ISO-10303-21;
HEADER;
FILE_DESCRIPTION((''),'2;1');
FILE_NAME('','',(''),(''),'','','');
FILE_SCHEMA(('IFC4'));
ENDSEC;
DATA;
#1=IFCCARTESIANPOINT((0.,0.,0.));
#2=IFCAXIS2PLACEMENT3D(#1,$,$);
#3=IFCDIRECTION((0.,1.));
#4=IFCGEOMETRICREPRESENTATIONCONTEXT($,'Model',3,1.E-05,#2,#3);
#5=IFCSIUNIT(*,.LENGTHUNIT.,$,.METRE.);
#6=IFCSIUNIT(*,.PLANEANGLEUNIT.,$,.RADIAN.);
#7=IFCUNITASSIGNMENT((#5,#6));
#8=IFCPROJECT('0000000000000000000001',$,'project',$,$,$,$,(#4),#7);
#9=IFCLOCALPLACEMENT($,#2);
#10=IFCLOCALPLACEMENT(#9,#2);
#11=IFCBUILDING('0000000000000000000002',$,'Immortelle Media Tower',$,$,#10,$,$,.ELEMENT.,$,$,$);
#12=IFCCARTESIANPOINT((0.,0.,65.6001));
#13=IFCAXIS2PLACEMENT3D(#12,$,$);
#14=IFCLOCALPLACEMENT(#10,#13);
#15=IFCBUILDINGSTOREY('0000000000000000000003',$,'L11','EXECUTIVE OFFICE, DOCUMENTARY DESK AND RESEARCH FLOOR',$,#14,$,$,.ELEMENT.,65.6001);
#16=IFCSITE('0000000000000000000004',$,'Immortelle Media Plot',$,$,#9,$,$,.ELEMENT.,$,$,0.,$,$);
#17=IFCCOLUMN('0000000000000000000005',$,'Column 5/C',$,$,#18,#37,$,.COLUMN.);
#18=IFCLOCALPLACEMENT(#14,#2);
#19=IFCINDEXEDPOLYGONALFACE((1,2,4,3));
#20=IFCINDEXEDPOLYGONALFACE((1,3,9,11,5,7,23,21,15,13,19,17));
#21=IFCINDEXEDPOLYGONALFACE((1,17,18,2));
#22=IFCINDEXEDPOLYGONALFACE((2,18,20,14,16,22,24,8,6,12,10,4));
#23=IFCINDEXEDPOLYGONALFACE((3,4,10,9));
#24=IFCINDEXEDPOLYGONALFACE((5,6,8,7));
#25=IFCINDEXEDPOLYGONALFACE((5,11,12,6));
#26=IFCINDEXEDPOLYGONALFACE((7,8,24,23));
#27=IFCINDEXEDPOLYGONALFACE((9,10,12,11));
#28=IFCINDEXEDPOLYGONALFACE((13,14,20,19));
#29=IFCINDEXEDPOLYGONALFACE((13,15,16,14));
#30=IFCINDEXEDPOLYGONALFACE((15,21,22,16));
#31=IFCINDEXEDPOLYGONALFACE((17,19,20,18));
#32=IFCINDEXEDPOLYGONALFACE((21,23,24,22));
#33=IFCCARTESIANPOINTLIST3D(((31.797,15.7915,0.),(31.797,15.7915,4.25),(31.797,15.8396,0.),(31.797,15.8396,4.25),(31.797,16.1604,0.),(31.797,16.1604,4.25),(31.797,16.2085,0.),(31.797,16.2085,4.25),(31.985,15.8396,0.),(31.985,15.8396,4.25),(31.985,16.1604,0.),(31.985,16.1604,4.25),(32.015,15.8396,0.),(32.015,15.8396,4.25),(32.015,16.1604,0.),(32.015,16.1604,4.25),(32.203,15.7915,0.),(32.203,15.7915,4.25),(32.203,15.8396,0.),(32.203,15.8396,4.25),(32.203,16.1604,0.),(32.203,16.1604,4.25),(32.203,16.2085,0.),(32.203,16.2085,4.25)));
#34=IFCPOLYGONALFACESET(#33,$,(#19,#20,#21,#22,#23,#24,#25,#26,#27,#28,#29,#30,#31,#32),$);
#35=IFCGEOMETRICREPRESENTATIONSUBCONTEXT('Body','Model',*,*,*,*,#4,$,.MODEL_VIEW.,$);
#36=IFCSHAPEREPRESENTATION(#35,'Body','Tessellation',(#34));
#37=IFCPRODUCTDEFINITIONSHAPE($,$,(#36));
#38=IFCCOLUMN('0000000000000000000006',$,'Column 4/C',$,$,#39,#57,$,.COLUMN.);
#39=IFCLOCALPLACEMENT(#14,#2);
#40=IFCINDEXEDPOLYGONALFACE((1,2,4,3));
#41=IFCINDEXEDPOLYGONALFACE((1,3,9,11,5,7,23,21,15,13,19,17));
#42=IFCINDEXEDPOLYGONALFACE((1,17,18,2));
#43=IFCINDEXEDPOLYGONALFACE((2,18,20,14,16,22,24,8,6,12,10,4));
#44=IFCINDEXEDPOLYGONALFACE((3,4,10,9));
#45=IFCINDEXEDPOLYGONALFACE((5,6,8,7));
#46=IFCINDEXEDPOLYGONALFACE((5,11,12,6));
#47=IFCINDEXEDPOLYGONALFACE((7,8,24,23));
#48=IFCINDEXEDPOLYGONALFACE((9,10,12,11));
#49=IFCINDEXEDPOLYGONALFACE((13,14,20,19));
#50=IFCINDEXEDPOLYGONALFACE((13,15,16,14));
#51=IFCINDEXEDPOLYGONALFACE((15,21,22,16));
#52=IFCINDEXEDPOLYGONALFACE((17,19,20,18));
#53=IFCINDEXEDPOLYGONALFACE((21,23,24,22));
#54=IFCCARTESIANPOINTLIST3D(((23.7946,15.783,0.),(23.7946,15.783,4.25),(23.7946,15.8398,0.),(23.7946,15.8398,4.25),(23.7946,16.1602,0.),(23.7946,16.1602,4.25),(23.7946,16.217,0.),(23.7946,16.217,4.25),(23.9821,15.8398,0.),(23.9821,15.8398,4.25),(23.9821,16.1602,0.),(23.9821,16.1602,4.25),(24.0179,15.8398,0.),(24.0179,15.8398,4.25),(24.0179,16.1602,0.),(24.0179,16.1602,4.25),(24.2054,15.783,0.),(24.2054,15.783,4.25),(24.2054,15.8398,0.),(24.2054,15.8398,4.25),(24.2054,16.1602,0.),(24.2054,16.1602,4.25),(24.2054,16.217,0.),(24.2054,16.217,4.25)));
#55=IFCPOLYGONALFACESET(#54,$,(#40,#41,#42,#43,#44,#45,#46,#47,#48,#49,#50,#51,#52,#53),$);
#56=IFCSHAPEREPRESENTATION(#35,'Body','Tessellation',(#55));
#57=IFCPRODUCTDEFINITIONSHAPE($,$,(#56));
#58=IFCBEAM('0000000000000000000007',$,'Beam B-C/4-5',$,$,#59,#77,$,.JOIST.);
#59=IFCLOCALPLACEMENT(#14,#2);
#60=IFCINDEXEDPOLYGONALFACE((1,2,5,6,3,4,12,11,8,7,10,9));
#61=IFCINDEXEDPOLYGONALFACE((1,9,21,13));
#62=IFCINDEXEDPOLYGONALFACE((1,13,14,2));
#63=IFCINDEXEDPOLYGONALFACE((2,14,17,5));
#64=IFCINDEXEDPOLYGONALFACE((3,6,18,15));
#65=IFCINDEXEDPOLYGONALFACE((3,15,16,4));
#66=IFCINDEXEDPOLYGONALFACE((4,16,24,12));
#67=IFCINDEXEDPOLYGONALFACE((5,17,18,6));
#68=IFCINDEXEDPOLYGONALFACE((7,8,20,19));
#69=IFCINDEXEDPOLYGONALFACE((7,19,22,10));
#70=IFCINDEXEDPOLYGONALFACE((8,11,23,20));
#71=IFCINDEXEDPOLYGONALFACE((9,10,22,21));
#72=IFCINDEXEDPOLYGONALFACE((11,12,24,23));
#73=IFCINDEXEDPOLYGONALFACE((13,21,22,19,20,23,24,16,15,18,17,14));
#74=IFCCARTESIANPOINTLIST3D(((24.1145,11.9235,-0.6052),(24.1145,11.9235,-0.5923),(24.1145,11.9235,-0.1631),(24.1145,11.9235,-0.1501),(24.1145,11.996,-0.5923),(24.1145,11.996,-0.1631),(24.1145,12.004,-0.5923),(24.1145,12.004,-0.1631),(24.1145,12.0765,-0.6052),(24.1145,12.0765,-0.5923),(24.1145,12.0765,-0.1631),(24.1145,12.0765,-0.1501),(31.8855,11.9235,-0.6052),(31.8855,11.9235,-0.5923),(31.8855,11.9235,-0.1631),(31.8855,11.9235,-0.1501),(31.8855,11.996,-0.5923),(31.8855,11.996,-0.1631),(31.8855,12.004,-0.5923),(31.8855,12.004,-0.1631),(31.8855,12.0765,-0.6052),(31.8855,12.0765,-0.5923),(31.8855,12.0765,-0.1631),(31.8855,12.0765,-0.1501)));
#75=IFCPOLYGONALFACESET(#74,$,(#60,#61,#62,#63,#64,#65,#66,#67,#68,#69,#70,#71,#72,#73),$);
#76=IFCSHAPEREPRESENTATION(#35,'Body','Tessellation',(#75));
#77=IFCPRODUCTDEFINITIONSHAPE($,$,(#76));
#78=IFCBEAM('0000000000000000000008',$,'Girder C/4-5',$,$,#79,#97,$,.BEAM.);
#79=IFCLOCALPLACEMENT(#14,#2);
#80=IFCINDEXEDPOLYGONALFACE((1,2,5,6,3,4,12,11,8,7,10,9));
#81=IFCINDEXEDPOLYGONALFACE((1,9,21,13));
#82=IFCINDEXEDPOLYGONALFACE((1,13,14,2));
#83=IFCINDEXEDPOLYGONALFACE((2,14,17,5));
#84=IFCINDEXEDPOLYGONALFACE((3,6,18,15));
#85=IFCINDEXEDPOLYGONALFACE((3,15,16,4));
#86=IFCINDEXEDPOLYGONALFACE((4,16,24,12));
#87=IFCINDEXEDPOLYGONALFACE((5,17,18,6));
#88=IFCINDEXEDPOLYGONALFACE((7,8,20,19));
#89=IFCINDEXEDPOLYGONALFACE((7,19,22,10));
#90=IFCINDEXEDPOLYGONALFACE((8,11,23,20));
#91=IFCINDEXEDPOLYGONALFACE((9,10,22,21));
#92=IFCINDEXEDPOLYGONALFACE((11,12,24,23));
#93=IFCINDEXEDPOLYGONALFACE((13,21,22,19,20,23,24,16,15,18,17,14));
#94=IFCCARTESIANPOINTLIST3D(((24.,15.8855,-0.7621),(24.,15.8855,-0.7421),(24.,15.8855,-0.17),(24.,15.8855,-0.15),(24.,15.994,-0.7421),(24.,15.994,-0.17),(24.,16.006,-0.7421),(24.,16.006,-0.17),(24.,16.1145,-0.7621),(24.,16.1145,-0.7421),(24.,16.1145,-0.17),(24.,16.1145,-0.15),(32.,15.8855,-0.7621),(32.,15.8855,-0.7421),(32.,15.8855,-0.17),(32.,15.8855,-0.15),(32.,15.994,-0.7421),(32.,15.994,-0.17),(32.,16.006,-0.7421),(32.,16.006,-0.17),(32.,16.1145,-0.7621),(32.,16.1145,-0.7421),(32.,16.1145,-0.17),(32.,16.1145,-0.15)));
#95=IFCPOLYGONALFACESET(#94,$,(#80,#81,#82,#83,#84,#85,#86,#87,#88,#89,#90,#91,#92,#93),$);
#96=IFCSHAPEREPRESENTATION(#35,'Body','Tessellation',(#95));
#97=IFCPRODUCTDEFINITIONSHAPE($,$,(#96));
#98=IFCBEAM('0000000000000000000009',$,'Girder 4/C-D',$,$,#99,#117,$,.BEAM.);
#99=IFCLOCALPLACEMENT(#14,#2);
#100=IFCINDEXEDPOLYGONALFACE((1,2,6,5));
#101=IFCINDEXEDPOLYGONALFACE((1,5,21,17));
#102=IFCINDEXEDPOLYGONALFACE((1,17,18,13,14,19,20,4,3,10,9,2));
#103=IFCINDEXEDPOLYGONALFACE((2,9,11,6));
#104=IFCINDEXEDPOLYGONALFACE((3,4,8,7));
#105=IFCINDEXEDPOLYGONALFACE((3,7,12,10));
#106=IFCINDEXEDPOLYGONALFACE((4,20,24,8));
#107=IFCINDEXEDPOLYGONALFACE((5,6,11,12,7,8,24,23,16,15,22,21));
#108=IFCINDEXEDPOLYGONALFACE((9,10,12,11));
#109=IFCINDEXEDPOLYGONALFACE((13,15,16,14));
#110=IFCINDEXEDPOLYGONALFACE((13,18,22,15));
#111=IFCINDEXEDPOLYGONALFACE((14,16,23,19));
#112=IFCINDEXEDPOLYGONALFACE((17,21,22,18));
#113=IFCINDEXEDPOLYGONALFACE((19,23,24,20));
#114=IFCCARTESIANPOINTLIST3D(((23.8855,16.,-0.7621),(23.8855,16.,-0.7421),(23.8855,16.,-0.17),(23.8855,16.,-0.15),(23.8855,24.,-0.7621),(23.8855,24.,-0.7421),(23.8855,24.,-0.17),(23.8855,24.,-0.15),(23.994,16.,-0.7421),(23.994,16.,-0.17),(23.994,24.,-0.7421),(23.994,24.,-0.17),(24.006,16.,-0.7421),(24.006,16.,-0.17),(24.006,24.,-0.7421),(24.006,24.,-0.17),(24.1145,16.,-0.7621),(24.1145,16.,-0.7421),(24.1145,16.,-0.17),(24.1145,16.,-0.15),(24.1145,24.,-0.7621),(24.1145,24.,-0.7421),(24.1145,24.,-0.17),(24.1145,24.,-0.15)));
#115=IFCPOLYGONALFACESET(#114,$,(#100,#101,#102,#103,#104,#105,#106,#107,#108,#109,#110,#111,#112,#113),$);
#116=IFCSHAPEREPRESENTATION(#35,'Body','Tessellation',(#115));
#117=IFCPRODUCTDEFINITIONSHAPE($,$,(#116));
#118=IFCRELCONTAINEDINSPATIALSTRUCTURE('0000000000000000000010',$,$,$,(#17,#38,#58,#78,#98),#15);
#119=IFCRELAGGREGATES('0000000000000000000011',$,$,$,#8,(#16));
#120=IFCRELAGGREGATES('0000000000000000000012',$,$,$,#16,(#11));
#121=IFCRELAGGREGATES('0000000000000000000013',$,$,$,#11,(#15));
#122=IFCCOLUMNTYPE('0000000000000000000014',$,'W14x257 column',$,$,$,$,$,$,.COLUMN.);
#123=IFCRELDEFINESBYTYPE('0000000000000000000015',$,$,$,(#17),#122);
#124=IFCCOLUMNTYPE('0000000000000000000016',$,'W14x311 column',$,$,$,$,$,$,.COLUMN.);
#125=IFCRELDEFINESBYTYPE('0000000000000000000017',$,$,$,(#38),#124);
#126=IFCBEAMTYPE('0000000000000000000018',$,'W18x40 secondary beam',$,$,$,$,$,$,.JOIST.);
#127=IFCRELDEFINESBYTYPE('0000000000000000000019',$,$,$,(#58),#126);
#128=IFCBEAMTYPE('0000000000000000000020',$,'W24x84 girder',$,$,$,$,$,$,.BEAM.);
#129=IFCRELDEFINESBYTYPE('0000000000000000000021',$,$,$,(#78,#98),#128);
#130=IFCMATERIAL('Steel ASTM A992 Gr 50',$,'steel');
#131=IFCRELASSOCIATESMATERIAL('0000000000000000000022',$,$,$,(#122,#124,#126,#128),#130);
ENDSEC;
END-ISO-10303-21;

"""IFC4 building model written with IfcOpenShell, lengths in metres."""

from ifc_helpers import new_model, si_unit, direction, frame, origin, origin_2d, place, context, subcontext, project, spatial, i_section, extrude, material, material_profile, profile_set, type_object, element, save


model = new_model("IFC4")

# Units and contexts
model_context = context("Model", 3, precision=1e-05, world=origin(), true_north=direction((0.0, 1.0)))
body_context = subcontext(model_context, "Body", "Model", "MODEL_VIEW")
ifc_project = project(units=[si_unit("LENGTHUNIT", "METRE"), si_unit("PLANEANGLEUNIT", "RADIAN")], contexts=[model_context])

# Site, building, storey
site_placement = place(None, origin())
site = spatial("IfcSite", under=ifc_project, at=site_placement, Name="Immortelle Media Plot", CompositionType="ELEMENT", RefElevation=0.0)
building_placement = place(site_placement, origin())
building = spatial("IfcBuilding", under=site, at=building_placement, Name="Immortelle Media Tower", CompositionType="ELEMENT")
storey_placement = place(building_placement, frame((0.0, 0.0, 65.6001)))
storey = spatial("IfcBuildingStorey", under=building, at=storey_placement, Name="L11", Description="EXECUTIVE OFFICE, DOCUMENTARY DESK AND RESEARCH FLOOR", CompositionType="ELEMENT", Elevation=65.6001)

# Columns
ifc_material_1 = material(Name="Steel ASTM A992 Gr 50", Category="steel")
ifc_material_profile_1 = material_profile(ifc_material_1, i_section(OverallWidth=0.406, OverallDepth=0.417, WebThickness=0.03, FlangeThickness=0.0481, at=origin_2d()), Name="W14x257")
ifc_profile_set_1 = profile_set([ifc_material_profile_1], Name="Steel ASTM A992 Gr 50")
column_type_1 = type_object("IfcColumnType", Name="W14x257 column", PredefinedType="COLUMN", material=ifc_profile_set_1)
column_1_placement = place(storey_placement, frame((32.0, 16.0, 0.0), z_axis=(0.0, 0.0, 1.0), x_axis=(1.0, 0.0, 0.0)))
element("IfcColumn", 1, at=column_1_placement, inside=storey, type_object=column_type_1, Name="Column 5/C", PredefinedType="COLUMN", context=body_context, shape_type="SweptSolid", body=[
    extrude(i_section(OverallWidth=0.406, OverallDepth=0.417, WebThickness=0.03, FlangeThickness=0.0481, at=origin_2d()), origin(), (0.0, 0.0, 1.0), 4.25),
])
ifc_material_profile_2 = material_profile(ifc_material_1, i_section(OverallWidth=0.4109, OverallDepth=0.4341, WebThickness=0.0359, FlangeThickness=0.0569, at=origin_2d()), Name="W14x311")
ifc_profile_set_2 = profile_set([ifc_material_profile_2], Name="Steel ASTM A992 Gr 50")
column_type_2 = type_object("IfcColumnType", Name="W14x311 column", PredefinedType="COLUMN", material=ifc_profile_set_2)
column_2_placement = place(storey_placement, frame((24.0, 16.0, 0.0), z_axis=(0.0, 0.0, 1.0), x_axis=(1.0, 0.0, 0.0)))
element("IfcColumn", 2, at=column_2_placement, inside=storey, type_object=column_type_2, Name="Column 4/C", PredefinedType="COLUMN", context=body_context, shape_type="SweptSolid", body=[
    extrude(i_section(OverallWidth=0.4109, OverallDepth=0.4341, WebThickness=0.0359, FlangeThickness=0.0569, at=origin_2d()), origin(), (0.0, 0.0, 1.0), 4.25),
])

# Beams
ifc_material_profile_3 = material_profile(ifc_material_1, i_section(OverallWidth=0.1531, OverallDepth=0.4551, WebThickness=0.0081, FlangeThickness=0.0129, at=origin_2d()), Name="W18x40")
ifc_profile_set_3 = profile_set([ifc_material_profile_3], Name="Steel ASTM A992 Gr 50")
beam_type_1 = type_object("IfcBeamType", Name="W18x40 secondary beam", PredefinedType="JOIST", material=ifc_profile_set_3)
beam_placement = place(storey_placement, frame((24.1145, 12.0, -0.3777), z_axis=(1.0, 0.0, 0.0), x_axis=(0.0, 1.0, 0.0)))
element("IfcBeam", 3, at=beam_placement, inside=storey, type_object=beam_type_1, Name="Beam B-C/4-5", PredefinedType="JOIST", context=body_context, shape_type="SweptSolid", body=[
    extrude(i_section(OverallWidth=0.1531, OverallDepth=0.4551, WebThickness=0.0081, FlangeThickness=0.0129, at=origin_2d()), origin(), (0.0, 0.0, 1.0), 7.771),
])
ifc_material_profile_4 = material_profile(ifc_material_1, i_section(OverallWidth=0.229, OverallDepth=0.6121, WebThickness=0.012, FlangeThickness=0.02, at=origin_2d()), Name="W24x84")
ifc_profile_set_4 = profile_set([ifc_material_profile_4], Name="Steel ASTM A992 Gr 50")
beam_type_2 = type_object("IfcBeamType", Name="W24x84 girder", PredefinedType="BEAM", material=ifc_profile_set_4)
for number, where, z_axis, x_axis, name in (
    (4, (24.0, 16.0, -0.4561), (1.0, 0.0, 0.0), (0.0, 1.0, 0.0), "Girder C/4-5"),
    (5, (24.0, 16.0, -0.4561), (0.0, 1.0, 0.0), (-1.0, 0.0, 0.0), "Girder 4/C-D"),
):
    element("IfcBeam", number, at=place(storey_placement, frame(where, z_axis=z_axis, x_axis=x_axis)), inside=storey, type_object=beam_type_2, Name=name, PredefinedType="BEAM", context=body_context, shape_type="SweptSolid", body=[
        extrude(i_section(OverallWidth=0.229, OverallDepth=0.6121, WebThickness=0.012, FlangeThickness=0.02, at=origin_2d()), origin(), (0.0, 0.0, 1.0), 8.0),
    ])

save(model, "model.ifc")
